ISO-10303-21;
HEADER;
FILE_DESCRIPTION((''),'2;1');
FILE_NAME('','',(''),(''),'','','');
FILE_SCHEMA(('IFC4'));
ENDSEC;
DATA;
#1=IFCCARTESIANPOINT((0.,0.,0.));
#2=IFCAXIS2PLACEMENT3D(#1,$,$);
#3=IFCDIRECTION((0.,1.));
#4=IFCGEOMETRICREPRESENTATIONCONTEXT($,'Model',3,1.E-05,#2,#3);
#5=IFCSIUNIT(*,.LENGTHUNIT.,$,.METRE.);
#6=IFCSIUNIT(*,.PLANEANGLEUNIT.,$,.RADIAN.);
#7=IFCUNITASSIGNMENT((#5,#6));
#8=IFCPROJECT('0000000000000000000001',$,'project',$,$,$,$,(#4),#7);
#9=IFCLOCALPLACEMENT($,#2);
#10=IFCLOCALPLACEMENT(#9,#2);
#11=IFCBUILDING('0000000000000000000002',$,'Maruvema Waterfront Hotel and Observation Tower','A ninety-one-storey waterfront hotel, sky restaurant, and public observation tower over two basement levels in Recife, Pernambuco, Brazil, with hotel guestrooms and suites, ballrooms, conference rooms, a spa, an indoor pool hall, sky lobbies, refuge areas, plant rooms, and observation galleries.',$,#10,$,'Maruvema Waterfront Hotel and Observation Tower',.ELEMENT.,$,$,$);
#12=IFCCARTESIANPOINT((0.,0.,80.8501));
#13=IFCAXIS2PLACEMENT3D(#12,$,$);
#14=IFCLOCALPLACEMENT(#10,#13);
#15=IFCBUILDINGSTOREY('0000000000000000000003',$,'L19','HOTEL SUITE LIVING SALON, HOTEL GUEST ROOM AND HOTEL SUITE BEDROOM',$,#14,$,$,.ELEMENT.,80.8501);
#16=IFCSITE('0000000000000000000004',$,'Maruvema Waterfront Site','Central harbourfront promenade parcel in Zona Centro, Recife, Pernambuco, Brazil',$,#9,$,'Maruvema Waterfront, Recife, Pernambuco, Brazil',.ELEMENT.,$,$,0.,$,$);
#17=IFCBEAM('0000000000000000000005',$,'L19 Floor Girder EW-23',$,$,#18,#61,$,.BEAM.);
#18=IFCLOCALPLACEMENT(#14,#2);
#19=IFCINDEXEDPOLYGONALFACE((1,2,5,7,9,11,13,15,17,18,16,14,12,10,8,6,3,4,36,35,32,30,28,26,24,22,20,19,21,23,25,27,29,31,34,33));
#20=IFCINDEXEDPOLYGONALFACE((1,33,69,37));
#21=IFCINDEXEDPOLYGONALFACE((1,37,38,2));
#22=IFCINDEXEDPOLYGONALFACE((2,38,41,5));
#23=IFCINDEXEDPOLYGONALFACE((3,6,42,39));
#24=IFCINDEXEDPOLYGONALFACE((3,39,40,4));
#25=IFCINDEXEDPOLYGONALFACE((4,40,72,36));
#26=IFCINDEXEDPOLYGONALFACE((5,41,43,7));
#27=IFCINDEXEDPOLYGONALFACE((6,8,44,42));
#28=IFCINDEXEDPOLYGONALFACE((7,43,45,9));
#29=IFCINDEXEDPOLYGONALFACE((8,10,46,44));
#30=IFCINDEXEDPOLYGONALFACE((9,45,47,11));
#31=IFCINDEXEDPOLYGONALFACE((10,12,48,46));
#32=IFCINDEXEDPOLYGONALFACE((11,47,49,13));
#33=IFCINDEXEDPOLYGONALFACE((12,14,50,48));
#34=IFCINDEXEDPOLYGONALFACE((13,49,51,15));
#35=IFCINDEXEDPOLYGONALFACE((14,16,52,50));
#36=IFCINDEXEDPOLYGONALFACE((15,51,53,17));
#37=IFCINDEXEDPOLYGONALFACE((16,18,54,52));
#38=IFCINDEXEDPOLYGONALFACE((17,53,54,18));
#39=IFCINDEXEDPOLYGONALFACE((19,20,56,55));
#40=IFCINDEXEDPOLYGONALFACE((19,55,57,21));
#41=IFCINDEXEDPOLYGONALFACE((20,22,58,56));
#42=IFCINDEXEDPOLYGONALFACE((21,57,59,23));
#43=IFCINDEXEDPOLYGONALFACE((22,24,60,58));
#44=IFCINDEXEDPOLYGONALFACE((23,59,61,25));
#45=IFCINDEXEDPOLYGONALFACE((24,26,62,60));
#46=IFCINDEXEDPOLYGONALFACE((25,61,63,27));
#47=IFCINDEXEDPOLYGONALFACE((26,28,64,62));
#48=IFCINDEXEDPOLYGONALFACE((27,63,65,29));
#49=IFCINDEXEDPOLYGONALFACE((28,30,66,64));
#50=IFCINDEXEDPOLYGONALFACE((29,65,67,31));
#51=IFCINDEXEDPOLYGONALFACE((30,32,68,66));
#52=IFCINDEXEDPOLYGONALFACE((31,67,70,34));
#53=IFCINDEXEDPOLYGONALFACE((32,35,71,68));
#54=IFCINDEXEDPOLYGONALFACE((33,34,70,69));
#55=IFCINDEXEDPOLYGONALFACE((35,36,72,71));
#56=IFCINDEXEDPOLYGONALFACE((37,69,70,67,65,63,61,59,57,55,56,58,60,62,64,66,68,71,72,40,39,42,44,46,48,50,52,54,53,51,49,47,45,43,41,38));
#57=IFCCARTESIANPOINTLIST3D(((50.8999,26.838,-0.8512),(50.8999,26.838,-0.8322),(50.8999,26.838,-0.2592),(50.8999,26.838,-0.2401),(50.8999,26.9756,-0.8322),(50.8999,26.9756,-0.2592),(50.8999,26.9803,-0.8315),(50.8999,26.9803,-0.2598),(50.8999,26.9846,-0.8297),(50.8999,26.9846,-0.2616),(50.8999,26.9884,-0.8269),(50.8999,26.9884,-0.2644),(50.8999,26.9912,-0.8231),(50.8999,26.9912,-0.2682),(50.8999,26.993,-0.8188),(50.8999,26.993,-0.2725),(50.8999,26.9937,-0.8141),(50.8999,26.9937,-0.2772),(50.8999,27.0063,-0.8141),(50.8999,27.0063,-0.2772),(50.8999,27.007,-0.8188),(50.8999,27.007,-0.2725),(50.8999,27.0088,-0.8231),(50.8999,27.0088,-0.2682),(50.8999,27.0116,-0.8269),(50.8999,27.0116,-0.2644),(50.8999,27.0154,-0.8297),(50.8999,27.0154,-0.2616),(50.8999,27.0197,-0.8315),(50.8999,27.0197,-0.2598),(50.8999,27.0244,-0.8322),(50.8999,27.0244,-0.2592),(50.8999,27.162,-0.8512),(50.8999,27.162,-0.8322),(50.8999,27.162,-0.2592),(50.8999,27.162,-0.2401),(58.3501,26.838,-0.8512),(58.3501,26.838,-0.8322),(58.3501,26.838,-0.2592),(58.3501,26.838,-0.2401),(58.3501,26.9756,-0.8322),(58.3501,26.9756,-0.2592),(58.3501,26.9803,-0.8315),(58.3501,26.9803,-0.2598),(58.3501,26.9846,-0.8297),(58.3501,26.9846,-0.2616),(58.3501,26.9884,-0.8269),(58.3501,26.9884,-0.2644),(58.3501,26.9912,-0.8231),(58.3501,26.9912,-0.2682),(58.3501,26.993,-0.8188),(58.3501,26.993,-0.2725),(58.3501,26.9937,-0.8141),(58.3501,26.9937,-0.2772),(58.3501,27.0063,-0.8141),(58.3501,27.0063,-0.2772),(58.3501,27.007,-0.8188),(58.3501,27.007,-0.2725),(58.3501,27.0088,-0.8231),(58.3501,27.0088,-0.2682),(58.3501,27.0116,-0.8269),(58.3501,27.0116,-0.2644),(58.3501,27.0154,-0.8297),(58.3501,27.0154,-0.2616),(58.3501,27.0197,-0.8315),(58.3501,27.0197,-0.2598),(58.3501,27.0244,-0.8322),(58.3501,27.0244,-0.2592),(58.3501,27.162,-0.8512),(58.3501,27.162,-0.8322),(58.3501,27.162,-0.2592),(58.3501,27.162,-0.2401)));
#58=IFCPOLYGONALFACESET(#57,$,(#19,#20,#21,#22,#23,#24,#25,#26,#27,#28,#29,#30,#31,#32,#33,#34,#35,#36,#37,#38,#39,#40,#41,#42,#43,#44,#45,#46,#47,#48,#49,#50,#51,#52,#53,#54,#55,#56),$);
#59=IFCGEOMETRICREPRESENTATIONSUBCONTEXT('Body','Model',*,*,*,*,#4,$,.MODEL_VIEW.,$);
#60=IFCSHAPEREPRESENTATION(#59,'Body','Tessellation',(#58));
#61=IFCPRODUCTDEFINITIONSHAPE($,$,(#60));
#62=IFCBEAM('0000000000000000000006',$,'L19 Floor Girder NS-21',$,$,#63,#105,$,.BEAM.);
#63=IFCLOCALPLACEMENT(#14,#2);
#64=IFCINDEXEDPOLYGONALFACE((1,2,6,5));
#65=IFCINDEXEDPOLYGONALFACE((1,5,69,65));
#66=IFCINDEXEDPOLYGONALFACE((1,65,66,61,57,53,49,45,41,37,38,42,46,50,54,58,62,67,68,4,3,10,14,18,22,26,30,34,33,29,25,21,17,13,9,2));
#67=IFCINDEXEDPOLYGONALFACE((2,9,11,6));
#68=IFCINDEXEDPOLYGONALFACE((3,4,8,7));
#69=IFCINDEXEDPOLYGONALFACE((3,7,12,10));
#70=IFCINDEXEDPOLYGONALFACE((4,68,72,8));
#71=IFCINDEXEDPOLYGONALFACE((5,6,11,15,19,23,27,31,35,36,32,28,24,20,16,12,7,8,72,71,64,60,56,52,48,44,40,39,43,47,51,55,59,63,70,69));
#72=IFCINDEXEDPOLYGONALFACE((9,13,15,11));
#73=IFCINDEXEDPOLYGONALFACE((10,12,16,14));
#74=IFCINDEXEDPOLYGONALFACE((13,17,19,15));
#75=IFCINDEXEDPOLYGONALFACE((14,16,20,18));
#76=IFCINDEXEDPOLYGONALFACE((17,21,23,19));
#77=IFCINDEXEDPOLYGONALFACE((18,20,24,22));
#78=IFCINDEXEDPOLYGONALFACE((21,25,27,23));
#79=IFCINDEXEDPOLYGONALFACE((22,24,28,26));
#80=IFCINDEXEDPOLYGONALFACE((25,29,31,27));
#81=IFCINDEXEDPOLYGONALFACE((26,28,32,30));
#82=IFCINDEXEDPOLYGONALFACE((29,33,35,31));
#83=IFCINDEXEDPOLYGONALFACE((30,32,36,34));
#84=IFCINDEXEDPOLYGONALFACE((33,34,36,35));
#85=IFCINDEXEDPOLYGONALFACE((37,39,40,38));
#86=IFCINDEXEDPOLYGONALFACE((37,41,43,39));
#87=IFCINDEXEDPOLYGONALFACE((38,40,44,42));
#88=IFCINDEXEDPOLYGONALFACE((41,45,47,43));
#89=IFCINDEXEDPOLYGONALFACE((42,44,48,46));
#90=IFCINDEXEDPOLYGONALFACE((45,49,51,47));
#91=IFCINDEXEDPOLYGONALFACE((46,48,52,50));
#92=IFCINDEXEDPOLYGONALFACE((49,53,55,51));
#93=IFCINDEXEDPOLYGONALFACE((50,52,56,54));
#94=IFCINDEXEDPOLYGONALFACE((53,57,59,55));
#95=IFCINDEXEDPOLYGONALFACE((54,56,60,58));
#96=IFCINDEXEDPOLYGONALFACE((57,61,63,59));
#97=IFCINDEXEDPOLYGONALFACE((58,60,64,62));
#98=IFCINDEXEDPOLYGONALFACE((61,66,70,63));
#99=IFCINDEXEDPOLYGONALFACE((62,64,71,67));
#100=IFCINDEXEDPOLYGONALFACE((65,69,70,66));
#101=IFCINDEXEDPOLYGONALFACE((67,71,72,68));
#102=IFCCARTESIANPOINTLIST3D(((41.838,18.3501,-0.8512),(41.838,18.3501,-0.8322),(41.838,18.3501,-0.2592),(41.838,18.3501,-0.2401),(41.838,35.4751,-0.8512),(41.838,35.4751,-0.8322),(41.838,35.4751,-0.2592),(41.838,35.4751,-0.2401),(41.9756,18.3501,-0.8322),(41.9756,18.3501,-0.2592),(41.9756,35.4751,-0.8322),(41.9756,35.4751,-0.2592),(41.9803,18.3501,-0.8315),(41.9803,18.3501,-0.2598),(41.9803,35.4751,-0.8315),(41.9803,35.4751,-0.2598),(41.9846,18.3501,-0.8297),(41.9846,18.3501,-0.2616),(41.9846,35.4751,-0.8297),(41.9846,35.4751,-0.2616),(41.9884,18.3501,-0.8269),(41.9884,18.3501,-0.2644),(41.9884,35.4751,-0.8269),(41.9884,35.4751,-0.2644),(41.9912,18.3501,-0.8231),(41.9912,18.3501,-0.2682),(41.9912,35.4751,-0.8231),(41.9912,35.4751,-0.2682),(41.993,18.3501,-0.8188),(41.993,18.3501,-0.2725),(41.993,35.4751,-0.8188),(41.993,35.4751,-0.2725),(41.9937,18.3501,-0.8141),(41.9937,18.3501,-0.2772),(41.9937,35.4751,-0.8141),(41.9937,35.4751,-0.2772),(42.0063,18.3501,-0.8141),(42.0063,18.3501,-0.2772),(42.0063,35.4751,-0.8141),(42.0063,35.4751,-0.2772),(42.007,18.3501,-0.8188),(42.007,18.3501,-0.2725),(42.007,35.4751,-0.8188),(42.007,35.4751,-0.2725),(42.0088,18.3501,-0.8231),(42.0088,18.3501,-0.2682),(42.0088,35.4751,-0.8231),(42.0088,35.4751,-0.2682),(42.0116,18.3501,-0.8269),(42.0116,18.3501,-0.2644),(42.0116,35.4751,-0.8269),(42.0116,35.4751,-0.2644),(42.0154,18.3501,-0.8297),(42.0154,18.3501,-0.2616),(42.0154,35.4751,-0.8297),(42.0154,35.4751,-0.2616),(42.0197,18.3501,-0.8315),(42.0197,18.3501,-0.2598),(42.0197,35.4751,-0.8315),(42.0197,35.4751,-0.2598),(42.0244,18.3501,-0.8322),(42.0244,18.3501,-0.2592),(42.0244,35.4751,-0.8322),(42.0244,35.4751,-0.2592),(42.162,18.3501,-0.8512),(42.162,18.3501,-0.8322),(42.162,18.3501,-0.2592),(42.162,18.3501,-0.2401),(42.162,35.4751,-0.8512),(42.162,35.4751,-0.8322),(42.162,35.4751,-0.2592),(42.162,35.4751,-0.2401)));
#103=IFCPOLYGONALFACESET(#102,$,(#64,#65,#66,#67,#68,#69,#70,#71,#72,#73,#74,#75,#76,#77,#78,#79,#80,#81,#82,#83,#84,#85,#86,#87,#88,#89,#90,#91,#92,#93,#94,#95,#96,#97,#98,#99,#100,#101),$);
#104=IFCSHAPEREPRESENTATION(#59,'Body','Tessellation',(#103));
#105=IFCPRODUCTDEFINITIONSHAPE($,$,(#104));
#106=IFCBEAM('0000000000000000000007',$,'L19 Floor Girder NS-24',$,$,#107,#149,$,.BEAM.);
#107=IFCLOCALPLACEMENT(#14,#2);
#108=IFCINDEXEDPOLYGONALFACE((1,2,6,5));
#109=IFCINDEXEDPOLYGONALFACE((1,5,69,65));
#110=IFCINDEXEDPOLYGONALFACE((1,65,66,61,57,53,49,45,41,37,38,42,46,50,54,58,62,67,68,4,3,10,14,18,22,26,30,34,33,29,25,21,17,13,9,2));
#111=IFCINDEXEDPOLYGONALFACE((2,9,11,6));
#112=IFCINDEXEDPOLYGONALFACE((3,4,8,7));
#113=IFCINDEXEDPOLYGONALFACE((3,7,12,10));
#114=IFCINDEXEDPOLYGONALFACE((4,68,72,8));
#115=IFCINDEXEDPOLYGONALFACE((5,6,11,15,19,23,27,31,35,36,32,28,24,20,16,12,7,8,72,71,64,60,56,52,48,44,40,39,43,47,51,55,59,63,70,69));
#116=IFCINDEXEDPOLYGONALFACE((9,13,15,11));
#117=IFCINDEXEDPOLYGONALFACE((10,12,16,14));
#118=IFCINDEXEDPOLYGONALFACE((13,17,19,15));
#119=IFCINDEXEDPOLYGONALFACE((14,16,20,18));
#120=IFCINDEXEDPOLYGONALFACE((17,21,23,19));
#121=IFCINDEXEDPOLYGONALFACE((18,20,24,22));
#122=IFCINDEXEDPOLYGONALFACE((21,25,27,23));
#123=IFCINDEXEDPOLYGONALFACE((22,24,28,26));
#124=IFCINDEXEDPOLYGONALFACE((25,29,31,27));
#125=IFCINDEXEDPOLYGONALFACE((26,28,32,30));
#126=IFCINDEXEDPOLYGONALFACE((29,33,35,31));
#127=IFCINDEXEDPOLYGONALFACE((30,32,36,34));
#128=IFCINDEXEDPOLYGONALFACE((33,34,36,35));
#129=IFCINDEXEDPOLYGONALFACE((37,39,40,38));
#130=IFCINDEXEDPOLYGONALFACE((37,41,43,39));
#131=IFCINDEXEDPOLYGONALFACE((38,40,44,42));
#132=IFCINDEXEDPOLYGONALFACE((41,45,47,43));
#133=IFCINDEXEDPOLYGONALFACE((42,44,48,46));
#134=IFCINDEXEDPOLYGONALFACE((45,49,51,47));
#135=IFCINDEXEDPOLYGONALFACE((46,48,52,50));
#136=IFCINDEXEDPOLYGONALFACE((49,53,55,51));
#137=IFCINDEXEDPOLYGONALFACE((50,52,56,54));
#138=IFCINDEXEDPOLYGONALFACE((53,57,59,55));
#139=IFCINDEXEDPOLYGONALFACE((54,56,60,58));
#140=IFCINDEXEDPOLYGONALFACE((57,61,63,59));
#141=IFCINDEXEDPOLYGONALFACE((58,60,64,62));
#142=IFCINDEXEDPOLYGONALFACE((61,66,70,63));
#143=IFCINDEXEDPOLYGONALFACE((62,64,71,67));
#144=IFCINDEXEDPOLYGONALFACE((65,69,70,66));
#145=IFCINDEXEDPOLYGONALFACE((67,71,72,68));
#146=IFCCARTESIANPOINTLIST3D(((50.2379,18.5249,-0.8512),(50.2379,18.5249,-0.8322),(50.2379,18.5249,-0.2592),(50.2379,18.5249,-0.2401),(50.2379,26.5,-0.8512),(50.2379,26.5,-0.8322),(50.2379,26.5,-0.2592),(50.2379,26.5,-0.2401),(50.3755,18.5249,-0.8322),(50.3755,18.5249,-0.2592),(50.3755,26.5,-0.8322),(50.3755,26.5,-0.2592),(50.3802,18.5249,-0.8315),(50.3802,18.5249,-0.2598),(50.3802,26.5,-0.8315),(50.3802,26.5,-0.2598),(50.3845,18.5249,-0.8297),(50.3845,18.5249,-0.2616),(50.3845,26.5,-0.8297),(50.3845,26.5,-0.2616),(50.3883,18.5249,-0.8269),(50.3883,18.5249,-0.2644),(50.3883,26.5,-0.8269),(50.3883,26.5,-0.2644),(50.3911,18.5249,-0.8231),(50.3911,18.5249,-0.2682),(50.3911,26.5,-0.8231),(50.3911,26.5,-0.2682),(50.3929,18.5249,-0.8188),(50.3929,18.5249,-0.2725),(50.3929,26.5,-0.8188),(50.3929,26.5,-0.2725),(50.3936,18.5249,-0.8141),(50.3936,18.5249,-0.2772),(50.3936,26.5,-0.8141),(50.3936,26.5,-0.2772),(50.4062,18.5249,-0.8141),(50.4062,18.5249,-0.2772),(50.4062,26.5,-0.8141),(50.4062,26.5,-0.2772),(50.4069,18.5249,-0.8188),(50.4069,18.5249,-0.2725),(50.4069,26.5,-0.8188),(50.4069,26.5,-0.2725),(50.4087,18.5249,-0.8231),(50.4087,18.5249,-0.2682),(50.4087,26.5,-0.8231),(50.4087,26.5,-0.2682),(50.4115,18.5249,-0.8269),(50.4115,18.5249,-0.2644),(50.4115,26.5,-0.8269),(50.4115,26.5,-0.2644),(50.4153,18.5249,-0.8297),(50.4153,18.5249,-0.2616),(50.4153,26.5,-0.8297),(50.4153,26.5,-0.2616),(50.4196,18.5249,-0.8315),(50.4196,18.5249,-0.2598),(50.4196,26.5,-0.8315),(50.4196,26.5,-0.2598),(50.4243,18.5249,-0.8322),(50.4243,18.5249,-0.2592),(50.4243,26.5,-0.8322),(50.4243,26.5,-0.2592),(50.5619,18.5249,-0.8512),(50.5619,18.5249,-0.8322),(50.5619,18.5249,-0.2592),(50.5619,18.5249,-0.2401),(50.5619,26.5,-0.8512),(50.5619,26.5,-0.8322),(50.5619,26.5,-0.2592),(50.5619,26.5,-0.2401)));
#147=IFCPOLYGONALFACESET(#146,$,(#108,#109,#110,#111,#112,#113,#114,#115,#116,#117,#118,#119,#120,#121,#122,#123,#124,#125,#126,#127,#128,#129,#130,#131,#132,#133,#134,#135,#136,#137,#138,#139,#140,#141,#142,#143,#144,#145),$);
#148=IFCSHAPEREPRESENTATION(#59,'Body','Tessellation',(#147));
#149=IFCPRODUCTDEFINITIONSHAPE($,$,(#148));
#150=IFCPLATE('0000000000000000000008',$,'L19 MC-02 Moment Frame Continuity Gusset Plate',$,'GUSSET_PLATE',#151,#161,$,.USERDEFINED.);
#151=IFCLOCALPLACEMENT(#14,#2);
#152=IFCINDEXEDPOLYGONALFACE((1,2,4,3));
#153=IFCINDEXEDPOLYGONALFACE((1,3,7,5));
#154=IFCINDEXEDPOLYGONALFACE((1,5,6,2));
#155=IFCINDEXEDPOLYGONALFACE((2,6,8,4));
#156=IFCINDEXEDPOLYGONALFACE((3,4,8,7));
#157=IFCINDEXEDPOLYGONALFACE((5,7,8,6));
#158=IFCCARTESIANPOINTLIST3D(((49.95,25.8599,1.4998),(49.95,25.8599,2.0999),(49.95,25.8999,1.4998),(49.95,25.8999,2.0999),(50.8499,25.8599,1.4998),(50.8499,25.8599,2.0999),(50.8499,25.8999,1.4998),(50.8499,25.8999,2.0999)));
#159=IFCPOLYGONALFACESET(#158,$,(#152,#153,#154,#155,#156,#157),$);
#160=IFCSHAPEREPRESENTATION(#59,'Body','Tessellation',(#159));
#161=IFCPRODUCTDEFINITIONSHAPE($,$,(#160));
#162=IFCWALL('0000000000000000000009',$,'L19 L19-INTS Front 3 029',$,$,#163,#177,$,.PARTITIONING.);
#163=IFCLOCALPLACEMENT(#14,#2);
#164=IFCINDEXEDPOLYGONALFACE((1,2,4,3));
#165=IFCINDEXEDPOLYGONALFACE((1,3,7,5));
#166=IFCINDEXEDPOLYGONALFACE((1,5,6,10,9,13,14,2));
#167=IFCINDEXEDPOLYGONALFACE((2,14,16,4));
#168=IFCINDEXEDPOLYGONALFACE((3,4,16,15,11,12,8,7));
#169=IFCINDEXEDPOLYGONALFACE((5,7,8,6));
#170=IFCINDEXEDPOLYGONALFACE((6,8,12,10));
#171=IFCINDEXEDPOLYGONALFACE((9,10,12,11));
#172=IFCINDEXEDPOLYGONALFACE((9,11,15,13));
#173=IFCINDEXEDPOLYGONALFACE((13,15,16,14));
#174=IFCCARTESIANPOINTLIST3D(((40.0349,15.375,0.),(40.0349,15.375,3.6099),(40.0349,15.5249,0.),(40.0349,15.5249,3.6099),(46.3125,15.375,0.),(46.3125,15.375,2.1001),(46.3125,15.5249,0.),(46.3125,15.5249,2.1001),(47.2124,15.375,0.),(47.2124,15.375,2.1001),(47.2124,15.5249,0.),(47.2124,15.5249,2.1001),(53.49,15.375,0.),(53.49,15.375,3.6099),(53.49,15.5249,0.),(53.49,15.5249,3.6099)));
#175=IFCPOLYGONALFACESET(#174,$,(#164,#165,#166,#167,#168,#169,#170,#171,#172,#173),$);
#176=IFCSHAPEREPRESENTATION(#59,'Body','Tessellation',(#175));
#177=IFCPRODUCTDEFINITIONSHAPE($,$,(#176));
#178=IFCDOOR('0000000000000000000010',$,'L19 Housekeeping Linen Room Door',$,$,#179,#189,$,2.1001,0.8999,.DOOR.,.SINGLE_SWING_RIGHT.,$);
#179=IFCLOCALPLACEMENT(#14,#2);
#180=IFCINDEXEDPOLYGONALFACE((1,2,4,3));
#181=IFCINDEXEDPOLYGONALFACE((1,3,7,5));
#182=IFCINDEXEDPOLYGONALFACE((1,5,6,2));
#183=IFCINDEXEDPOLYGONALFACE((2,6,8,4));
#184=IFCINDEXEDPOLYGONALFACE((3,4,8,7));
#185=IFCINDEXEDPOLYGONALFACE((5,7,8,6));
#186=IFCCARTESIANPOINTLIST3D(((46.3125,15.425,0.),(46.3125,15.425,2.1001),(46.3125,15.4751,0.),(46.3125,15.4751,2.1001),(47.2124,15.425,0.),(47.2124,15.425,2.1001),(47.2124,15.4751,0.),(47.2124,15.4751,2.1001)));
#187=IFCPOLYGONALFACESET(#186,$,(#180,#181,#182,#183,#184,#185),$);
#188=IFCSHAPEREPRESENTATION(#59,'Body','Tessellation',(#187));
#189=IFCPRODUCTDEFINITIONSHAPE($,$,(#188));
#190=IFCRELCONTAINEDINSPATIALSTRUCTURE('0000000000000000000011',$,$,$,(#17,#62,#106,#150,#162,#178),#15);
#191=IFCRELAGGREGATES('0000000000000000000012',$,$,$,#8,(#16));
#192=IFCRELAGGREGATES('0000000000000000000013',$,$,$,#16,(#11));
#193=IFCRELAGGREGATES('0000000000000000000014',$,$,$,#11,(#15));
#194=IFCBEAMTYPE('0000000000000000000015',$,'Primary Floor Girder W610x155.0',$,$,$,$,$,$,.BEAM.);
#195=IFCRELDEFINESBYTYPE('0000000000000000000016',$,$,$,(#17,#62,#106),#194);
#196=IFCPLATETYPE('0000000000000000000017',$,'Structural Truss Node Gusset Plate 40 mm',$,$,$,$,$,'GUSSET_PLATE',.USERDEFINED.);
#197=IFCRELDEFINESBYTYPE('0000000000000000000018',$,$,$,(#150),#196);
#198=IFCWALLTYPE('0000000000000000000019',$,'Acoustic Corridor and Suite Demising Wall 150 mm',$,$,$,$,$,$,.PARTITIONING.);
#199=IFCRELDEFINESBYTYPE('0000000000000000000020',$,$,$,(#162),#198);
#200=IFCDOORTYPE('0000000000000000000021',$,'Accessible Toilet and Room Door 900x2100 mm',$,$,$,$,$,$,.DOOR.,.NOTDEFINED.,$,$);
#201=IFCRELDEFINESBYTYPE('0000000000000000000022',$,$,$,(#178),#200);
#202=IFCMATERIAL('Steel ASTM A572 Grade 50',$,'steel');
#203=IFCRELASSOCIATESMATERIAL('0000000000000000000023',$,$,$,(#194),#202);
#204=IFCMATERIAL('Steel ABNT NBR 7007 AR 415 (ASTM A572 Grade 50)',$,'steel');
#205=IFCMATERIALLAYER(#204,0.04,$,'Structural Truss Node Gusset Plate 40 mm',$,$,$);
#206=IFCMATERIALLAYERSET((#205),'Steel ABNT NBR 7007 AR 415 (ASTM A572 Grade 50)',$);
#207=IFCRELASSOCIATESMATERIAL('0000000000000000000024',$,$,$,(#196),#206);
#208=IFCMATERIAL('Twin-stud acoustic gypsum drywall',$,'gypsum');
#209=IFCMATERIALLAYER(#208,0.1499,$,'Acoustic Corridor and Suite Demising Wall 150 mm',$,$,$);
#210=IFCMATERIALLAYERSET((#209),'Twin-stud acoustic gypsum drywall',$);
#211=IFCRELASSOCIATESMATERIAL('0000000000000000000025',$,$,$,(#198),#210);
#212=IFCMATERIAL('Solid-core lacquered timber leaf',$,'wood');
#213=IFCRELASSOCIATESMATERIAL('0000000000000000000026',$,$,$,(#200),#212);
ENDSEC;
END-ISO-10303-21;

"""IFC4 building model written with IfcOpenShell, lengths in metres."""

from ifc_helpers import new_model, si_unit, direction, frame, frame_2d, origin, origin_2d, place, context, subcontext, project, spatial, rectangle, i_section, extrude, material, layer, layer_set, material_profile, profile_set, type_object, element, fill, save


model = new_model("IFC4")

# Units and contexts
model_context = context("Model", 3, precision=1e-05, world=origin(), true_north=direction((0.0, 1.0)))
body_context = subcontext(model_context, "Body", "Model", "MODEL_VIEW")
ifc_project = project(units=[si_unit("LENGTHUNIT", "METRE"), si_unit("PLANEANGLEUNIT", "RADIAN")], contexts=[model_context])

# Site, building, storey
site_placement = place(None, origin())
site = spatial("IfcSite", under=ifc_project, at=site_placement, Name="Maruvema Waterfront Site", Description="Central harbourfront promenade parcel in Zona Centro, Recife, Pernambuco, Brazil", LongName="Maruvema Waterfront, Recife, Pernambuco, Brazil", CompositionType="ELEMENT", RefElevation=0.0)
building_placement = place(site_placement, origin())
building = spatial("IfcBuilding", under=site, at=building_placement, Name="Maruvema Waterfront Hotel and Observation Tower", Description="A ninety-one-storey waterfront hotel, sky restaurant, and public observation tower over two basement levels in Recife, Pernambuco, Brazil, with hotel guestrooms and suites, ballrooms, conference rooms, a spa, an indoor pool hall, sky lobbies, refuge areas, plant rooms, and observation galleries.", LongName="Maruvema Waterfront Hotel and Observation Tower", CompositionType="ELEMENT")
storey_placement = place(building_placement, frame((0.0, 0.0, 80.8501)))
storey = spatial("IfcBuildingStorey", under=building, at=storey_placement, Name="L19", Description="HOTEL SUITE LIVING SALON, HOTEL GUEST ROOM AND HOTEL SUITE BEDROOM", CompositionType="ELEMENT", Elevation=80.8501)

# Beams
ifc_material_1 = material(Name="Steel ASTM A572 Grade 50", Category="steel")
ifc_material_profile_1 = material_profile(ifc_material_1, i_section(OverallWidth=0.324, OverallDepth=0.6111, WebThickness=0.0127, FlangeThickness=0.019, FilletRadius=0.0181, at=origin_2d()), Name="W610x155.0")
ifc_profile_set_1 = profile_set([ifc_material_profile_1], Name="Steel ASTM A572 Grade 50")
beam_type = type_object("IfcBeamType", Name="Primary Floor Girder W610x155.0", PredefinedType="BEAM", material=ifc_profile_set_1)
beam_1_placement = place(storey_placement, frame((50.8999, 27.0, -0.5457), z_axis=(1.0, 0.0, 0.0), x_axis=(0.0, 1.0, 0.0)))
element("IfcBeam", 1, at=beam_1_placement, inside=storey, type_object=beam_type, Name="L19 Floor Girder EW-23", PredefinedType="BEAM", context=body_context, shape_type="SweptSolid", body=[
    extrude(i_section(OverallWidth=0.324, OverallDepth=0.6111, WebThickness=0.0127, FlangeThickness=0.019, FilletRadius=0.0181, at=origin_2d()), origin(), (0.0, 0.0, 1.0), 7.4502),
])
beam_2_placement = place(storey_placement, frame((42.0, 18.3501, -0.5457), z_axis=(0.0, 1.0, 0.0), x_axis=(-1.0, 0.0, 0.0)))
element("IfcBeam", 2, at=beam_2_placement, inside=storey, type_object=beam_type, Name="L19 Floor Girder NS-21", PredefinedType="BEAM", context=body_context, shape_type="SweptSolid", body=[
    extrude(i_section(OverallWidth=0.324, OverallDepth=0.6111, WebThickness=0.0127, FlangeThickness=0.019, FilletRadius=0.0181, at=origin_2d()), origin(), (0.0, 0.0, 1.0), 17.125),
])
beam_3_placement = place(storey_placement, frame((50.3999, 18.5249, -0.5457), z_axis=(0.0, 1.0, 0.0), x_axis=(-1.0, 0.0, 0.0)))
element("IfcBeam", 3, at=beam_3_placement, inside=storey, type_object=beam_type, Name="L19 Floor Girder NS-24", PredefinedType="BEAM", context=body_context, shape_type="SweptSolid", body=[
    extrude(i_section(OverallWidth=0.324, OverallDepth=0.6111, WebThickness=0.0127, FlangeThickness=0.019, FilletRadius=0.0181, at=origin_2d()), origin(), (0.0, 0.0, 1.0), 7.9751),
])

# Plate
ifc_material_2 = material(Name="Steel ABNT NBR 7007 AR 415 (ASTM A572 Grade 50)", Category="steel")
ifc_layer_1 = layer(ifc_material_2, 0.04, Name="Structural Truss Node Gusset Plate 40 mm")
ifc_layer_set_1 = layer_set([ifc_layer_1], Name="Steel ABNT NBR 7007 AR 415 (ASTM A572 Grade 50)")
plate_type = type_object("IfcPlateType", Name="Structural Truss Node Gusset Plate 40 mm", ElementType="GUSSET_PLATE", PredefinedType="USERDEFINED", material=ifc_layer_set_1)
plate_placement = place(storey_placement, frame((50.3999, 25.8799, 1.4998), z_axis=(0.0, 0.0, 1.0), x_axis=(1.0, 0.0, 0.0)))
element("IfcPlate", 4, at=plate_placement, inside=storey, type_object=plate_type, Name="L19 MC-02 Moment Frame Continuity Gusset Plate", ObjectType="GUSSET_PLATE", PredefinedType="USERDEFINED", context=body_context, shape_type="SweptSolid", body=[
    extrude(rectangle(XDim=0.8999, YDim=0.04, at=origin_2d()), origin(), (0.0, 0.0, 1.0), 0.6001),
])

# Wall, opening, door
ifc_material_3 = material(Name="Twin-stud acoustic gypsum drywall", Category="gypsum")
ifc_layer_2 = layer(ifc_material_3, 0.1499, Name="Acoustic Corridor and Suite Demising Wall 150 mm")
ifc_layer_set_2 = layer_set([ifc_layer_2], Name="Twin-stud acoustic gypsum drywall")
wall_type_1 = type_object("IfcWallType", Name="Acoustic Corridor and Suite Demising Wall 150 mm", PredefinedType="PARTITIONING", material=ifc_layer_set_2)
wall_1_placement = place(storey_placement, frame((40.0349, 15.45, 0.0), z_axis=(0.0, 0.0, 1.0), x_axis=(1.0, 0.0, 0.0)))
wall_1 = element("IfcWall", 5, at=wall_1_placement, inside=storey, type_object=wall_type_1, Name="L19 L19-INTS Front 3 029", PredefinedType="PARTITIONING", context=body_context, shape_type="SweptSolid", body=[
    extrude(rectangle(XDim=13.4551, YDim=0.1499, at=frame_2d((6.7275, 0.0))), origin(), (0.0, 0.0, 1.0), 3.6099),
])
opening_1_placement = place(wall_1_placement, frame((6.2776, 0.0, 0.0)))
opening_1 = element("IfcOpeningElement", 6, at=opening_1_placement, cuts=wall_1, PredefinedType="OPENING", context=body_context, shape_type="SweptSolid", body=[
    extrude(rectangle(XDim=0.8999, YDim=2.1001, at=frame_2d((0.45, 1.05))), frame((0.0, 0.085, 0.0), z_axis=(0.0, -1.0, 0.0), x_axis=(1.0, 0.0, 0.0)), (0.0, 0.0, 1.0), 0.1699),
])
ifc_material_4 = material(Name="Solid-core lacquered timber leaf", Category="wood")
door_type_1 = type_object("IfcDoorType", Name="Accessible Toilet and Room Door 900x2100 mm", OperationType="NOTDEFINED", PredefinedType="DOOR", material=ifc_material_4)
door_1_placement = place(opening_1_placement, frame((0.8999, 0.0, 0.0), z_axis=(0.0, 0.0, 1.0), x_axis=(-1.0, 0.0, 0.0)))
door_1 = element("IfcDoor", 7, at=door_1_placement, inside=storey, type_object=door_type_1, Name="L19 Housekeeping Linen Room Door", OperationType="SINGLE_SWING_RIGHT", OverallHeight=2.1001, OverallWidth=0.8999, PredefinedType="DOOR", context=body_context, shape_type="SweptSolid", body=[
    extrude(rectangle(XDim=0.8999, YDim=2.1001, at=frame_2d((0.45, 1.05))), frame((0.0, 0.0249, 0.0), z_axis=(0.0, -1.0, 0.0), x_axis=(1.0, 0.0, 0.0)), (0.0, 0.0, 1.0), 0.05),
])
fill(opening_1, door_1)

save(model, "model.ifc")
